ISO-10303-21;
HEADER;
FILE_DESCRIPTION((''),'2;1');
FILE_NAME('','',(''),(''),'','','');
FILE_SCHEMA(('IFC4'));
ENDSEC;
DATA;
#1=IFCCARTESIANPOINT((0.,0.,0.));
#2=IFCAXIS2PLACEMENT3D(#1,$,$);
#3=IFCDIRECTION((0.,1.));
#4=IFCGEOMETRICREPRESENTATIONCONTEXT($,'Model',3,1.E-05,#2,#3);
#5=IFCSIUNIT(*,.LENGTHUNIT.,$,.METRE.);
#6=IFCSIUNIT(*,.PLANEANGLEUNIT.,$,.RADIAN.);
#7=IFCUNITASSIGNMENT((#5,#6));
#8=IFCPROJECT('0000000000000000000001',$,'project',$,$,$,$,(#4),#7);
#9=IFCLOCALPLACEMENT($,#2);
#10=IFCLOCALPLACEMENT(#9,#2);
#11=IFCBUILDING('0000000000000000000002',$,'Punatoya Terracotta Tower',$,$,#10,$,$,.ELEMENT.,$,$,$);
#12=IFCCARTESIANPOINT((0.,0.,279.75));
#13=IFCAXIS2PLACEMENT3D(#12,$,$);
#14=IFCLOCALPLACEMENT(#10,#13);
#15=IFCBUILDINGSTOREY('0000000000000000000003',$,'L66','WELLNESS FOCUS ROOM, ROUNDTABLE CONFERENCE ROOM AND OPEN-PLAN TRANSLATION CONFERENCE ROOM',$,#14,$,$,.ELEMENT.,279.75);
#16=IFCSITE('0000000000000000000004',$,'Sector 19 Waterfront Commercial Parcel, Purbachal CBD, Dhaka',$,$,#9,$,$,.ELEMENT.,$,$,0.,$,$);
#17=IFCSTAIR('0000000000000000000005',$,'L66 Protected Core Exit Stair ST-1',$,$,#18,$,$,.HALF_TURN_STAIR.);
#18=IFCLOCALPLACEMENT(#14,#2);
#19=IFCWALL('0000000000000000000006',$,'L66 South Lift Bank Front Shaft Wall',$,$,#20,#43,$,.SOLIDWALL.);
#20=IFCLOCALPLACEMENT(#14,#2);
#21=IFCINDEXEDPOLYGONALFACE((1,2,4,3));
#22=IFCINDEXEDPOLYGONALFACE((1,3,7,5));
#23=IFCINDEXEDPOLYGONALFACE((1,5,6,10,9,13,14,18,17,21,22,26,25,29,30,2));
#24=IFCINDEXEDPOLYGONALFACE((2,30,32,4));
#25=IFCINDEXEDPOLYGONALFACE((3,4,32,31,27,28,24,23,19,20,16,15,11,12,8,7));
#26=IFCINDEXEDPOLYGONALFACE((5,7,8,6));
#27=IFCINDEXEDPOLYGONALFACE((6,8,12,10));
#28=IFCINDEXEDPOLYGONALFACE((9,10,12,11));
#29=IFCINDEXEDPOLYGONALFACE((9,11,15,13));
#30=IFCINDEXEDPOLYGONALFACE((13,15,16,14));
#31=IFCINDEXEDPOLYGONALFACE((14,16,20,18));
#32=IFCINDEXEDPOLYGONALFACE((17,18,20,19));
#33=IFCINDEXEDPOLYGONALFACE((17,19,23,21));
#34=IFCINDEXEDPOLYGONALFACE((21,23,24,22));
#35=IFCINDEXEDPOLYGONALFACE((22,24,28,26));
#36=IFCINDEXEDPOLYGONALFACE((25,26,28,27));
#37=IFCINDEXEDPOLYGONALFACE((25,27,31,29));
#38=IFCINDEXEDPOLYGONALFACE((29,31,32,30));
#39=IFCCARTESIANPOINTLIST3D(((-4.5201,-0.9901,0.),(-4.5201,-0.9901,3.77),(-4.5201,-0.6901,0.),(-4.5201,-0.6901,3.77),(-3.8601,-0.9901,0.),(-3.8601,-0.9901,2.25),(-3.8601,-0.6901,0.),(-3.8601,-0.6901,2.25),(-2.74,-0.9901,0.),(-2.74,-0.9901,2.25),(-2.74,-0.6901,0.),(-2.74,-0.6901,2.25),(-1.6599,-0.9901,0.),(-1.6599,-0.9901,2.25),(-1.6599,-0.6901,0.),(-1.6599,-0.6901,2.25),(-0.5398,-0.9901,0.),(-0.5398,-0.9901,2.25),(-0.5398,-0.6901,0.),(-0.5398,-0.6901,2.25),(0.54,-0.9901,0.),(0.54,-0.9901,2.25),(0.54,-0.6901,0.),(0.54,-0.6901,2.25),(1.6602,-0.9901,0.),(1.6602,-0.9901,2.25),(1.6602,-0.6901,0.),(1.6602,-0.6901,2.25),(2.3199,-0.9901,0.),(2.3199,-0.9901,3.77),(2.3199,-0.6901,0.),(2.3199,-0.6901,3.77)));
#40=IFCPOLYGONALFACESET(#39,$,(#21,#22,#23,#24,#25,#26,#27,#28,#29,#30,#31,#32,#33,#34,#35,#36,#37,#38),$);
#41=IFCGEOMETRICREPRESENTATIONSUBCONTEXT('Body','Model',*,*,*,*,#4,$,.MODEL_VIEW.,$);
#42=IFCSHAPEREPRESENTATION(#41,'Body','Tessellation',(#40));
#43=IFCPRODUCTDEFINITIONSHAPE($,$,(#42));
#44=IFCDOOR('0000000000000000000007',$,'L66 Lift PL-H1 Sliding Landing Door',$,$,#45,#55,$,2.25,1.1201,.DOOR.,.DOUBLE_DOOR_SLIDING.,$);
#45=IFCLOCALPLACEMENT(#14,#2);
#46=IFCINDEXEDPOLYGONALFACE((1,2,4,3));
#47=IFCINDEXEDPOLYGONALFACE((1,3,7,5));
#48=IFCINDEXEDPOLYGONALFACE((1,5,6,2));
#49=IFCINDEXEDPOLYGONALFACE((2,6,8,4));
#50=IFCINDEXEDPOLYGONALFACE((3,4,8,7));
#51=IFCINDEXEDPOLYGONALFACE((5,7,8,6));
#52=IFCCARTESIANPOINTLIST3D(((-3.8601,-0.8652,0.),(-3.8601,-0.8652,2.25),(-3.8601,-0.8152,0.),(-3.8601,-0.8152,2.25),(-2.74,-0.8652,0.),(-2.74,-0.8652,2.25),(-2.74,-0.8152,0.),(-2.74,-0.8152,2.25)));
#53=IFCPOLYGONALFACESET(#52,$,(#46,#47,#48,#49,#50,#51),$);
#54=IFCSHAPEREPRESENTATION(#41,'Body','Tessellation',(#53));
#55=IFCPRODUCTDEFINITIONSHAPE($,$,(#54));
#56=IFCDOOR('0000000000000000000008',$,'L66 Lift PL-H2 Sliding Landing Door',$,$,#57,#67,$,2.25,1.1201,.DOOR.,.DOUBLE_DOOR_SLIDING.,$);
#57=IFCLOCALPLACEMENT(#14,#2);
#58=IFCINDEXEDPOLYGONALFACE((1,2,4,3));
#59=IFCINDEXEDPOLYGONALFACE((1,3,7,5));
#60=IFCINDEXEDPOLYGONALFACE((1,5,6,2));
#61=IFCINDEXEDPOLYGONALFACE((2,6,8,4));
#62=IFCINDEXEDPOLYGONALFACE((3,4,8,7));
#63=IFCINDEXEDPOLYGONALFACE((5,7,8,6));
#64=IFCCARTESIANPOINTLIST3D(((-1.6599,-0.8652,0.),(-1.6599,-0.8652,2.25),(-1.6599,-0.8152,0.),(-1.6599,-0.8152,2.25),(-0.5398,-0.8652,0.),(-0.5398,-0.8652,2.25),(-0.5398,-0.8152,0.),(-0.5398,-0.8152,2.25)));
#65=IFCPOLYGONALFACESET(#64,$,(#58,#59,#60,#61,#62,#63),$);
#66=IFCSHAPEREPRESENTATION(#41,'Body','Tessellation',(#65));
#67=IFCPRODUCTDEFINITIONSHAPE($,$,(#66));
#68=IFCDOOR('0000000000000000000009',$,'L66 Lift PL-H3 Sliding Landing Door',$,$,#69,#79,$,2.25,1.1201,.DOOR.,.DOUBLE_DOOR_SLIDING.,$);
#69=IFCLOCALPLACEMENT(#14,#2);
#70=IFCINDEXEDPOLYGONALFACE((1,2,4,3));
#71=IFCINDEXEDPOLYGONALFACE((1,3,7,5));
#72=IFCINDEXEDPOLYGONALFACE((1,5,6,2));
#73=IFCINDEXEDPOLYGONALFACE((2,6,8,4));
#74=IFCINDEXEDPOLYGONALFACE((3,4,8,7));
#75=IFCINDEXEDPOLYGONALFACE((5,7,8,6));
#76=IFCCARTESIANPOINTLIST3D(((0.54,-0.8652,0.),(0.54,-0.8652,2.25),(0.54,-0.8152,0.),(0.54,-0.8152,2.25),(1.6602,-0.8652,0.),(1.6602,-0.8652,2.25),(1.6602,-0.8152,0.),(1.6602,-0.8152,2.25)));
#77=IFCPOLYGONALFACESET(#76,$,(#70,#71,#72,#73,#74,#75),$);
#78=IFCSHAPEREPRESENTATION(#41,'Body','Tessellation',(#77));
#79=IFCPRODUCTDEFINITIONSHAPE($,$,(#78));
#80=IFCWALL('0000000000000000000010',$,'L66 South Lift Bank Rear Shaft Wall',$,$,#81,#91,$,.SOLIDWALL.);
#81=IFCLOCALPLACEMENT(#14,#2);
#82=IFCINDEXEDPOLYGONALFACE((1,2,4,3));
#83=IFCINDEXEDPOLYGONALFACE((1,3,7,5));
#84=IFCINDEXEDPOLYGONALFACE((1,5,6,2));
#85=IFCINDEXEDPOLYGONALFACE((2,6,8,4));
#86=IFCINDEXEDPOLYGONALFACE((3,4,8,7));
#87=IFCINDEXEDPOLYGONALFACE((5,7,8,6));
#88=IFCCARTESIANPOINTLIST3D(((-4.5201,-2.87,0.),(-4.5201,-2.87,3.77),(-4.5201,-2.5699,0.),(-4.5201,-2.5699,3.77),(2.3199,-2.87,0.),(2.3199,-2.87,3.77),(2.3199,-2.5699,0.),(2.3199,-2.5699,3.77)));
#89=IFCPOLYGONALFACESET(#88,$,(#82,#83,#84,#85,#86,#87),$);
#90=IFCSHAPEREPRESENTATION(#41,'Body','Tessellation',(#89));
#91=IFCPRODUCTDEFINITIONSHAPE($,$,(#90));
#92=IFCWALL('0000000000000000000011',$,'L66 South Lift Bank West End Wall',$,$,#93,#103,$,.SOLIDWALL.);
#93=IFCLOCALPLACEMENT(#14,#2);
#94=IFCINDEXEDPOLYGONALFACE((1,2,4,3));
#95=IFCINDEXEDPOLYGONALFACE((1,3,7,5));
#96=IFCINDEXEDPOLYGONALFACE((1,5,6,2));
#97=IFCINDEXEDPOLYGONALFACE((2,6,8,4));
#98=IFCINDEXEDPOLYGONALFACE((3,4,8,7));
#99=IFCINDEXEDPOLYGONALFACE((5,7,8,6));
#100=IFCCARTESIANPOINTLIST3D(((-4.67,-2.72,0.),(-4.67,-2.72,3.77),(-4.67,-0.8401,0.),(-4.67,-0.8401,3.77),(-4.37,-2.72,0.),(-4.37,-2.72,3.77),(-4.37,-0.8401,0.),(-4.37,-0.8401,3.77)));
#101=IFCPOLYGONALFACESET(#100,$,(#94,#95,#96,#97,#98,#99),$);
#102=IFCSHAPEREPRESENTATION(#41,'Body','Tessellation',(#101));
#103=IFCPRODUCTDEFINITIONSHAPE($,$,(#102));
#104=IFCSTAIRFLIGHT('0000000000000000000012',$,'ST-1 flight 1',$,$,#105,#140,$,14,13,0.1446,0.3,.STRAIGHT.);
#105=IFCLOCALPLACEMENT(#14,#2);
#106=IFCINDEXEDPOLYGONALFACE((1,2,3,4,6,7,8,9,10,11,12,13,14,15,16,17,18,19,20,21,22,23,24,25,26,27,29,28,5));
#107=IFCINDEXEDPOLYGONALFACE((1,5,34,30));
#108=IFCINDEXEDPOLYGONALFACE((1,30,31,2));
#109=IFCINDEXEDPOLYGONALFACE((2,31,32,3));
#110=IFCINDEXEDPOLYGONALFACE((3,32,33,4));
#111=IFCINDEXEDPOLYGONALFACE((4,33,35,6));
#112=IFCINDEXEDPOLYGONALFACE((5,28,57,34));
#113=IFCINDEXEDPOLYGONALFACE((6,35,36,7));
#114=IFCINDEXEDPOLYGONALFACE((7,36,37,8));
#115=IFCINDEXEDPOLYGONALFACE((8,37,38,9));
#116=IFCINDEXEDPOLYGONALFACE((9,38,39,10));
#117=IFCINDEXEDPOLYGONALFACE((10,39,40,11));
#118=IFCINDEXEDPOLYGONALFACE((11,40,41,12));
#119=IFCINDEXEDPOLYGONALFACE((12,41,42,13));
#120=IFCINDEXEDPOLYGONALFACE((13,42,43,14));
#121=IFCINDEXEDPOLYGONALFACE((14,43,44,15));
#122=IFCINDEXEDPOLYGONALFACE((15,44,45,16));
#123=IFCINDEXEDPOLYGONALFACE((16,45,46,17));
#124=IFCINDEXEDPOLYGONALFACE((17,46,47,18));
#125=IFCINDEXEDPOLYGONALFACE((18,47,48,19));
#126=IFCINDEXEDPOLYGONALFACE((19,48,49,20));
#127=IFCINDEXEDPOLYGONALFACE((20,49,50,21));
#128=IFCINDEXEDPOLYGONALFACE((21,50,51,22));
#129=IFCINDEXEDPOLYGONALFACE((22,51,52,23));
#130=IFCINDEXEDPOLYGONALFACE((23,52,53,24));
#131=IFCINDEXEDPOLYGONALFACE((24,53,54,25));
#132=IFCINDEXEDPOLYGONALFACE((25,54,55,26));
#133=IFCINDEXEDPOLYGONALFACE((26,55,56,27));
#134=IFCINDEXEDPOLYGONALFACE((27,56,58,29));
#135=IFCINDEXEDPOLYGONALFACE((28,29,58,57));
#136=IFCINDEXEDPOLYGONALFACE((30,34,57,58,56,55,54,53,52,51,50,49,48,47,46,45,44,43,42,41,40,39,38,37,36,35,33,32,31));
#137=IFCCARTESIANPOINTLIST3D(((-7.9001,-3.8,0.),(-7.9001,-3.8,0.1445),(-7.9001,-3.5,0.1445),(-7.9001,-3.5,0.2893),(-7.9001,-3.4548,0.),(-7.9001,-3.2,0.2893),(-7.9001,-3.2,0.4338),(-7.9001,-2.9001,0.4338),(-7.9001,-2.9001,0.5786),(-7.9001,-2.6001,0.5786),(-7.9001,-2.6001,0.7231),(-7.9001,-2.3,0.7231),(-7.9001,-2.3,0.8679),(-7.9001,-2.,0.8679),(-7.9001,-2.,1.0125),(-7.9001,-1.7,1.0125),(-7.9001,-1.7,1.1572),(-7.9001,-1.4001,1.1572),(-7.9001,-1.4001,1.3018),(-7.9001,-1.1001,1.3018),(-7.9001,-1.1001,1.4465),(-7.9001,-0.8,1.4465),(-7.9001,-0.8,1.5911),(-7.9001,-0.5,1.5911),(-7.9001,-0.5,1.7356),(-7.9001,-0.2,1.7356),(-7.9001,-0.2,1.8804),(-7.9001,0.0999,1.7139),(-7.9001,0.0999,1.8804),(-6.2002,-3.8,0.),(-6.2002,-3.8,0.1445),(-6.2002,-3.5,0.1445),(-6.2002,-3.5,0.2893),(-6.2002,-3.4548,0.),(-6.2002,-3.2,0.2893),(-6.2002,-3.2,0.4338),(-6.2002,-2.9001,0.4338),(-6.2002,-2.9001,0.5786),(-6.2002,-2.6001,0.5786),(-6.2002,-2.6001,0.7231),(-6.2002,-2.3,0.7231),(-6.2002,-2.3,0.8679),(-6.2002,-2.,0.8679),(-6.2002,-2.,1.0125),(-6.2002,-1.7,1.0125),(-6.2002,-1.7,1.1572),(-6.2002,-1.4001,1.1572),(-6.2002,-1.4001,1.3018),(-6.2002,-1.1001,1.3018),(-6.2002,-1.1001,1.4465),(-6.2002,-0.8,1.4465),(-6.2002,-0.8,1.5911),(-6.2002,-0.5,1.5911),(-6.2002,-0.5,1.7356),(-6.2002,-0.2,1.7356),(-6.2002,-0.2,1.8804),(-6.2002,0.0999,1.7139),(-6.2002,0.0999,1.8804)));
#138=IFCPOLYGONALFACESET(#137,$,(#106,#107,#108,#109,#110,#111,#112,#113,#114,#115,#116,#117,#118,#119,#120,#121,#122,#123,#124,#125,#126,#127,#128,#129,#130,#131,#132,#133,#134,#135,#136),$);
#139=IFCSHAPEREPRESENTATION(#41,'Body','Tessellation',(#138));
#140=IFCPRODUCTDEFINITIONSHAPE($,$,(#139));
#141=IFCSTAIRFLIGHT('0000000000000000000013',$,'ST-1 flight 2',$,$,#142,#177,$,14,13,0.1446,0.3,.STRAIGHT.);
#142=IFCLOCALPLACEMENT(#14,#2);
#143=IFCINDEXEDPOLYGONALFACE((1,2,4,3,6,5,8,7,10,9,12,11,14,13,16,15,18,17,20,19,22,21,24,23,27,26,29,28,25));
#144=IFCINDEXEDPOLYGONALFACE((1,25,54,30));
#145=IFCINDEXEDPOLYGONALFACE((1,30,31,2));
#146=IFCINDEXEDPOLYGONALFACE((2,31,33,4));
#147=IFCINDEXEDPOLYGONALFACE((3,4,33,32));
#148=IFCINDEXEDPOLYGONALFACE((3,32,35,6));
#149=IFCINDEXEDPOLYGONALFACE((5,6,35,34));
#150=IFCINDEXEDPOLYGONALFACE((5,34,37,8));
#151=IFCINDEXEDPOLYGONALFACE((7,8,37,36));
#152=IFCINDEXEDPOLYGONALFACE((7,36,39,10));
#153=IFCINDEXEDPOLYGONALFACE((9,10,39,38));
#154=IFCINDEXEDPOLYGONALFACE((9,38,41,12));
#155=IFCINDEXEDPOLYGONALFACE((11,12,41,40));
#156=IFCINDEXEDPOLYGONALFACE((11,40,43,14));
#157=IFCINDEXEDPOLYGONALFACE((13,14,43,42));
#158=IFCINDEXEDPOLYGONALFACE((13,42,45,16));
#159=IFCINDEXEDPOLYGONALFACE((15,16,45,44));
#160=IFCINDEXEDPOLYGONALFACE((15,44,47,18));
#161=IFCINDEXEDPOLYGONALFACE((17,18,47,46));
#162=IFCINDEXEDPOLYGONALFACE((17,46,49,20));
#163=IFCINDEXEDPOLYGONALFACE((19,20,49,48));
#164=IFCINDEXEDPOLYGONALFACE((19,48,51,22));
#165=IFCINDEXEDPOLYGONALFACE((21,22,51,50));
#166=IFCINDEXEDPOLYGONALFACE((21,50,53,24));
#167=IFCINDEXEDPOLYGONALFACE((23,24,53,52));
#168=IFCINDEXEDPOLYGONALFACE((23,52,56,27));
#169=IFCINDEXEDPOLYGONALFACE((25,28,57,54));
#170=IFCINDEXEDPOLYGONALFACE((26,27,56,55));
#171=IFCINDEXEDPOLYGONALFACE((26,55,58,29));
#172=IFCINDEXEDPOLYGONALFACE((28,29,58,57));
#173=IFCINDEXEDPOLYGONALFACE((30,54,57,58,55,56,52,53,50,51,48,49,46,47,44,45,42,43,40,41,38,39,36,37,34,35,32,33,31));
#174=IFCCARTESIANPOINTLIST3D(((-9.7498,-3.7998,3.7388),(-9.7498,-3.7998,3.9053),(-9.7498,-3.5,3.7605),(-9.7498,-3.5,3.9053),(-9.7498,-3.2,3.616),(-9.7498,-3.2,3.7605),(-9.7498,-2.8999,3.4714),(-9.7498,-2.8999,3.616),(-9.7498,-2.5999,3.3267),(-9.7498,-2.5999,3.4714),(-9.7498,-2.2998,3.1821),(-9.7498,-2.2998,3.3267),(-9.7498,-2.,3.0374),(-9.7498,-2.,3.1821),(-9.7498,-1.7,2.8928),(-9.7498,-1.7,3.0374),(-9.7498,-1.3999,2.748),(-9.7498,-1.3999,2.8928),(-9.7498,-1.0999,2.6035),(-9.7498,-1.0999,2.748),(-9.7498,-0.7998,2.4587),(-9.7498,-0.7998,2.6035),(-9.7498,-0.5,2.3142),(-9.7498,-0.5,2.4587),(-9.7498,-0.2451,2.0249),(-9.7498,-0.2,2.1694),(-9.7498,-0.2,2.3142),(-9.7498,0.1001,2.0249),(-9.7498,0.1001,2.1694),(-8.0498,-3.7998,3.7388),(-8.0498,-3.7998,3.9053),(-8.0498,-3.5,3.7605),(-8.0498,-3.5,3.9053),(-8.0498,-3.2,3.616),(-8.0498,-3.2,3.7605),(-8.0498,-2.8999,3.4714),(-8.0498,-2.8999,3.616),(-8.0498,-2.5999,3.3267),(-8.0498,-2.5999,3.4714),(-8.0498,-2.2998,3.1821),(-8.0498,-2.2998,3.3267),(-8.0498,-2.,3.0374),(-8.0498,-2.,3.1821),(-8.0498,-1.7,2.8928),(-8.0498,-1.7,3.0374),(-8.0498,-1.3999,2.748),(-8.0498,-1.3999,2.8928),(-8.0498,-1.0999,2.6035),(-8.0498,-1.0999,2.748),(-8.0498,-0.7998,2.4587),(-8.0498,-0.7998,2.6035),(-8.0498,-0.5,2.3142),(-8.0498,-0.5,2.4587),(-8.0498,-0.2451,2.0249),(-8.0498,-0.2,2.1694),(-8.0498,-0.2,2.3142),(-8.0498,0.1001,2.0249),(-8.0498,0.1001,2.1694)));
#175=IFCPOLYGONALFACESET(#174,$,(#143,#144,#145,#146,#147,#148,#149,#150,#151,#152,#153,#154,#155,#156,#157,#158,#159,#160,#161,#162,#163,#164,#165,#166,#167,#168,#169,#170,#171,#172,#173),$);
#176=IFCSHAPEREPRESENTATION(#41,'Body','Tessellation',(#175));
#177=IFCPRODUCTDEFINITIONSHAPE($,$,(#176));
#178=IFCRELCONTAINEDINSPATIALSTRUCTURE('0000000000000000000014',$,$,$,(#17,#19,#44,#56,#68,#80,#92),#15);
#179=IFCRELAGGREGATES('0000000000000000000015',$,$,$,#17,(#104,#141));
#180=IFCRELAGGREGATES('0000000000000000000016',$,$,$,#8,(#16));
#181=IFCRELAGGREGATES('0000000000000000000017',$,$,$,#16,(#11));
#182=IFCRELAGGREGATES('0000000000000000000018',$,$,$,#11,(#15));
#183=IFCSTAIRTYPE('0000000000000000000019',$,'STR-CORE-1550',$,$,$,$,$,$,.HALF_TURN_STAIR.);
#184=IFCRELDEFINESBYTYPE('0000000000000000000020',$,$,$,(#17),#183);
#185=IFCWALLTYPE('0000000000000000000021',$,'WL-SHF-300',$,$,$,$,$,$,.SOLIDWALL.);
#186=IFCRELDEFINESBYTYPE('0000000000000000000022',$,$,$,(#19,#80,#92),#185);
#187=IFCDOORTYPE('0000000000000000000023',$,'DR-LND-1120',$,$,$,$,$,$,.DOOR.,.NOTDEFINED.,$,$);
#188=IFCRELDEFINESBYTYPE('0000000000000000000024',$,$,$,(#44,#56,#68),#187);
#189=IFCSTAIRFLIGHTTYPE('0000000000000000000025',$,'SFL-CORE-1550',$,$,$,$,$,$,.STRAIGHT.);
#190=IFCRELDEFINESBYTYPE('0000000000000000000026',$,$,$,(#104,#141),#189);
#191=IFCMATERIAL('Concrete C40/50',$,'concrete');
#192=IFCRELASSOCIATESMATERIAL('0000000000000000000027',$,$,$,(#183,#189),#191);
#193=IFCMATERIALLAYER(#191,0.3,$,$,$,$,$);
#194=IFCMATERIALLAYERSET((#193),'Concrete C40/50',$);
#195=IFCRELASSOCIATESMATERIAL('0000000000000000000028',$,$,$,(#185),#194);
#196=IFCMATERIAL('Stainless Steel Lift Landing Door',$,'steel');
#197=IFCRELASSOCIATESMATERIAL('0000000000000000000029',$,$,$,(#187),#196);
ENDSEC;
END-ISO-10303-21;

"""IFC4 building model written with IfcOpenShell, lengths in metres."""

from ifc_helpers import new_model, si_unit, direction, frame, frame_2d, origin, place, context, subcontext, project, spatial, polyline, rectangle, outline, extrude, material, layer, layer_set, type_object, element, fill, aggregate, save


model = new_model("IFC4")

# Units and contexts
model_context = context("Model", 3, precision=1e-05, world=origin(), true_north=direction((0.0, 1.0)))
body_context = subcontext(model_context, "Body", "Model", "MODEL_VIEW")
ifc_project = project(units=[si_unit("LENGTHUNIT", "METRE"), si_unit("PLANEANGLEUNIT", "RADIAN")], contexts=[model_context])

# Site, building, storey
site_placement = place(None, origin())
site = spatial("IfcSite", under=ifc_project, at=site_placement, Name="Sector 19 Waterfront Commercial Parcel, Purbachal CBD, Dhaka", CompositionType="ELEMENT", RefElevation=0.0)
building_placement = place(site_placement, origin())
building = spatial("IfcBuilding", under=site, at=building_placement, Name="Punatoya Terracotta Tower", CompositionType="ELEMENT")
storey_placement = place(building_placement, frame((0.0, 0.0, 279.75)))
storey = spatial("IfcBuildingStorey", under=building, at=storey_placement, Name="L66", Description="WELLNESS FOCUS ROOM, ROUNDTABLE CONFERENCE ROOM AND OPEN-PLAN TRANSLATION CONFERENCE ROOM", CompositionType="ELEMENT", Elevation=279.75)

# Stair
ifc_material_1 = material(Name="Concrete C40/50", Category="concrete")
stair_type_1 = type_object("IfcStairType", Name="STR-CORE-1550", PredefinedType="HALF_TURN_STAIR", material=ifc_material_1)
stair_1_placement = place(storey_placement, origin())
stair_1 = element("IfcStair", 1, at=stair_1_placement, inside=storey, type_object=stair_type_1, Name="L66 Protected Core Exit Stair ST-1", PredefinedType="HALF_TURN_STAIR")

# Wall, openings, doors
ifc_layer_1 = layer(ifc_material_1, 0.3)
ifc_layer_set_1 = layer_set([ifc_layer_1], Name="Concrete C40/50")
wall_type_1 = type_object("IfcWallType", Name="WL-SHF-300", PredefinedType="SOLIDWALL", material=ifc_layer_set_1)
wall_1_placement = place(storey_placement, frame((-4.52, -0.8401, 0.0), z_axis=(0.0, 0.0, 1.0), x_axis=(1.0, 0.0, 0.0)))
wall_1 = element("IfcWall", 2, at=wall_1_placement, inside=storey, type_object=wall_type_1, Name="L66 South Lift Bank Front Shaft Wall", PredefinedType="SOLIDWALL", context=body_context, shape_type="SweptSolid", body=[
    extrude(rectangle(XDim=6.8401, YDim=0.3, at=frame_2d((3.4199, 0.0))), origin(), (0.0, 0.0, 1.0), 3.77),
])
opening_1_placement = place(wall_1_placement, frame((0.6599, 0.0, 0.0)))
opening_1 = element("IfcOpeningElement", 3, at=opening_1_placement, cuts=wall_1, PredefinedType="OPENING", context=body_context, shape_type="SweptSolid", body=[
    extrude(rectangle(XDim=1.1201, YDim=2.25, at=frame_2d((0.5601, 1.125))), frame((0.0, 0.1599, 0.0), z_axis=(0.0, -1.0, 0.0), x_axis=(1.0, 0.0, 0.0)), (0.0, 0.0, 1.0), 0.3201),
])
opening_2_placement = place(wall_1_placement, frame((2.8601, 0.0, 0.0)))
opening_2 = element("IfcOpeningElement", 4, at=opening_2_placement, cuts=wall_1, PredefinedType="OPENING", context=body_context, shape_type="SweptSolid", body=[
    extrude(rectangle(XDim=1.1201, YDim=2.25, at=frame_2d((0.5601, 1.125))), frame((0.0, 0.1599, 0.0), z_axis=(0.0, -1.0, 0.0), x_axis=(1.0, 0.0, 0.0)), (0.0, 0.0, 1.0), 0.3201),
])
opening_3_placement = place(wall_1_placement, frame((5.0601, 0.0, 0.0)))
opening_3 = element("IfcOpeningElement", 5, at=opening_3_placement, cuts=wall_1, PredefinedType="OPENING", context=body_context, shape_type="SweptSolid", body=[
    extrude(rectangle(XDim=1.1201, YDim=2.25, at=frame_2d((0.5601, 1.125))), frame((0.0, 0.1599, 0.0), z_axis=(0.0, -1.0, 0.0), x_axis=(1.0, 0.0, 0.0)), (0.0, 0.0, 1.0), 0.3201),
])
ifc_material_2 = material(Name="Stainless Steel Lift Landing Door", Category="steel")
door_type_1 = type_object("IfcDoorType", Name="DR-LND-1120", OperationType="NOTDEFINED", PredefinedType="DOOR", material=ifc_material_2)
door_1_placement = place(opening_1_placement, origin())
door_1 = element("IfcDoor", 6, at=door_1_placement, inside=storey, type_object=door_type_1, Name="L66 Lift PL-H1 Sliding Landing Door", OperationType="DOUBLE_DOOR_SLIDING", OverallHeight=2.25, OverallWidth=1.1201, PredefinedType="DOOR", context=body_context, shape_type="SweptSolid", body=[
    extrude(rectangle(XDim=1.1201, YDim=2.25, at=frame_2d((0.5601, 1.125))), frame((0.0, 0.0249, 0.0), z_axis=(0.0, -1.0, 0.0), x_axis=(1.0, 0.0, 0.0)), (0.0, 0.0, 1.0), 0.05),
])
fill(opening_1, door_1)
door_2_placement = place(opening_2_placement, origin())
door_2 = element("IfcDoor", 7, at=door_2_placement, inside=storey, type_object=door_type_1, Name="L66 Lift PL-H2 Sliding Landing Door", OperationType="DOUBLE_DOOR_SLIDING", OverallHeight=2.25, OverallWidth=1.1201, PredefinedType="DOOR", context=body_context, shape_type="SweptSolid", body=[
    extrude(rectangle(XDim=1.1201, YDim=2.25, at=frame_2d((0.5601, 1.125))), frame((0.0, 0.0249, 0.0), z_axis=(0.0, -1.0, 0.0), x_axis=(1.0, 0.0, 0.0)), (0.0, 0.0, 1.0), 0.05),
])
fill(opening_2, door_2)
door_3_placement = place(opening_3_placement, origin())
door_3 = element("IfcDoor", 8, at=door_3_placement, inside=storey, type_object=door_type_1, Name="L66 Lift PL-H3 Sliding Landing Door", OperationType="DOUBLE_DOOR_SLIDING", OverallHeight=2.25, OverallWidth=1.1201, PredefinedType="DOOR", context=body_context, shape_type="SweptSolid", body=[
    extrude(rectangle(XDim=1.1201, YDim=2.25, at=frame_2d((0.5601, 1.125))), frame((0.0, 0.0249, 0.0), z_axis=(0.0, -1.0, 0.0), x_axis=(1.0, 0.0, 0.0)), (0.0, 0.0, 1.0), 0.05),
])
fill(opening_3, door_3)

# Walls
wall_2_placement = place(storey_placement, frame((-4.52, -2.72, 0.0), z_axis=(0.0, 0.0, 1.0), x_axis=(1.0, 0.0, 0.0)))
element("IfcWall", 9, at=wall_2_placement, inside=storey, type_object=wall_type_1, Name="L66 South Lift Bank Rear Shaft Wall", PredefinedType="SOLIDWALL", context=body_context, shape_type="SweptSolid", body=[
    extrude(rectangle(XDim=6.8401, YDim=0.3, at=frame_2d((3.4199, 0.0))), origin(), (0.0, 0.0, 1.0), 3.77),
])
wall_3_placement = place(storey_placement, frame((-4.52, -2.72, 0.0), z_axis=(0.0, 0.0, 1.0), x_axis=(0.0, 1.0, 0.0)))
element("IfcWall", 10, at=wall_3_placement, inside=storey, type_object=wall_type_1, Name="L66 South Lift Bank West End Wall", PredefinedType="SOLIDWALL", context=body_context, shape_type="SweptSolid", body=[
    extrude(rectangle(XDim=1.8799, YDim=0.3, at=frame_2d((0.9399, 0.0))), origin(), (0.0, 0.0, 1.0), 3.77),
])

# Stair flights
stair_flight_type = type_object("IfcStairFlightType", Name="SFL-CORE-1550", PredefinedType="STRAIGHT", material=ifc_material_1)
stair_flight_1_placement = place(storey_placement, frame((-7.05, -3.8, 0.0), z_axis=(0.0, 0.0, 1.0), x_axis=(0.0, 1.0, 0.0)))
stair_flight_1 = element("IfcStairFlight", 11, at=stair_flight_1_placement, type_object=stair_flight_type, Name="ST-1 flight 1", NumberOfRisers=14, NumberOfTreads=13, PredefinedType="STRAIGHT", RiserHeight=0.1446, TreadLength=0.3, context=body_context, shape_type="SweptSolid", body=[
    extrude(outline(polyline([(0.0, 0.0), (0.0, 0.1445), (0.3, 0.1445), (0.3, 0.2893), (0.6001, 0.2893), (0.6001, 0.4338), (0.8999, 0.4338), (0.8999, 0.5786), (1.2, 0.5786), (1.2, 0.7231), (1.5, 0.7231), (1.5, 0.8679), (1.8, 0.8679), (1.8, 1.0125), (2.1001, 1.0125), (2.1001, 1.1572), (2.3999, 1.1572), (2.3999, 1.3018), (2.7, 1.3018), (2.7, 1.4465), (3.0, 1.4465), (3.0, 1.5911), (3.3, 1.5911), (3.3, 1.7356), (3.6001, 1.7356), (3.6001, 1.8804), (3.8999, 1.8804), (3.8999, 2.0249), (3.8999, 1.7139), (0.3452, 0.0), (0.0, 0.0)])), frame((0.0, 0.8501, 0.0), z_axis=(0.0, -1.0, 0.0), x_axis=(1.0, 0.0, 0.0)), (0.0, 0.0, 1.0), 1.7),
])
stair_flight_2_placement = place(storey_placement, frame((-8.8999, 0.1001, 2.0249), z_axis=(0.0, 0.0, 1.0), x_axis=(0.0, -1.0, 0.0)))
stair_flight_2 = element("IfcStairFlight", 12, at=stair_flight_2_placement, type_object=stair_flight_type, Name="ST-1 flight 2", NumberOfRisers=14, NumberOfTreads=13, PredefinedType="STRAIGHT", RiserHeight=0.1446, TreadLength=0.3, context=body_context, shape_type="SweptSolid", body=[
    extrude(outline(polyline([(0.0, 0.0), (0.0, 0.1445), (0.3, 0.1445), (0.3, 0.2893), (0.6001, 0.2893), (0.6001, 0.4338), (0.8999, 0.4338), (0.8999, 0.5786), (1.2, 0.5786), (1.2, 0.7231), (1.5, 0.7231), (1.5, 0.8679), (1.8, 0.8679), (1.8, 1.0125), (2.1001, 1.0125), (2.1001, 1.1572), (2.3999, 1.1572), (2.3999, 1.3018), (2.7, 1.3018), (2.7, 1.4465), (3.0, 1.4465), (3.0, 1.5911), (3.3, 1.5911), (3.3, 1.7356), (3.6001, 1.7356), (3.6001, 1.8804), (3.8999, 1.8804), (3.8999, 2.0249), (3.8999, 1.7139), (0.3452, 0.0), (0.0, 0.0)])), frame((0.0, 0.8501, 0.0), z_axis=(0.0, -1.0, 0.0), x_axis=(1.0, 0.0, 0.0)), (0.0, 0.0, 1.0), 1.7),
])
aggregate(stair_1, [stair_flight_1, stair_flight_2])

save(model, "model.ifc")
